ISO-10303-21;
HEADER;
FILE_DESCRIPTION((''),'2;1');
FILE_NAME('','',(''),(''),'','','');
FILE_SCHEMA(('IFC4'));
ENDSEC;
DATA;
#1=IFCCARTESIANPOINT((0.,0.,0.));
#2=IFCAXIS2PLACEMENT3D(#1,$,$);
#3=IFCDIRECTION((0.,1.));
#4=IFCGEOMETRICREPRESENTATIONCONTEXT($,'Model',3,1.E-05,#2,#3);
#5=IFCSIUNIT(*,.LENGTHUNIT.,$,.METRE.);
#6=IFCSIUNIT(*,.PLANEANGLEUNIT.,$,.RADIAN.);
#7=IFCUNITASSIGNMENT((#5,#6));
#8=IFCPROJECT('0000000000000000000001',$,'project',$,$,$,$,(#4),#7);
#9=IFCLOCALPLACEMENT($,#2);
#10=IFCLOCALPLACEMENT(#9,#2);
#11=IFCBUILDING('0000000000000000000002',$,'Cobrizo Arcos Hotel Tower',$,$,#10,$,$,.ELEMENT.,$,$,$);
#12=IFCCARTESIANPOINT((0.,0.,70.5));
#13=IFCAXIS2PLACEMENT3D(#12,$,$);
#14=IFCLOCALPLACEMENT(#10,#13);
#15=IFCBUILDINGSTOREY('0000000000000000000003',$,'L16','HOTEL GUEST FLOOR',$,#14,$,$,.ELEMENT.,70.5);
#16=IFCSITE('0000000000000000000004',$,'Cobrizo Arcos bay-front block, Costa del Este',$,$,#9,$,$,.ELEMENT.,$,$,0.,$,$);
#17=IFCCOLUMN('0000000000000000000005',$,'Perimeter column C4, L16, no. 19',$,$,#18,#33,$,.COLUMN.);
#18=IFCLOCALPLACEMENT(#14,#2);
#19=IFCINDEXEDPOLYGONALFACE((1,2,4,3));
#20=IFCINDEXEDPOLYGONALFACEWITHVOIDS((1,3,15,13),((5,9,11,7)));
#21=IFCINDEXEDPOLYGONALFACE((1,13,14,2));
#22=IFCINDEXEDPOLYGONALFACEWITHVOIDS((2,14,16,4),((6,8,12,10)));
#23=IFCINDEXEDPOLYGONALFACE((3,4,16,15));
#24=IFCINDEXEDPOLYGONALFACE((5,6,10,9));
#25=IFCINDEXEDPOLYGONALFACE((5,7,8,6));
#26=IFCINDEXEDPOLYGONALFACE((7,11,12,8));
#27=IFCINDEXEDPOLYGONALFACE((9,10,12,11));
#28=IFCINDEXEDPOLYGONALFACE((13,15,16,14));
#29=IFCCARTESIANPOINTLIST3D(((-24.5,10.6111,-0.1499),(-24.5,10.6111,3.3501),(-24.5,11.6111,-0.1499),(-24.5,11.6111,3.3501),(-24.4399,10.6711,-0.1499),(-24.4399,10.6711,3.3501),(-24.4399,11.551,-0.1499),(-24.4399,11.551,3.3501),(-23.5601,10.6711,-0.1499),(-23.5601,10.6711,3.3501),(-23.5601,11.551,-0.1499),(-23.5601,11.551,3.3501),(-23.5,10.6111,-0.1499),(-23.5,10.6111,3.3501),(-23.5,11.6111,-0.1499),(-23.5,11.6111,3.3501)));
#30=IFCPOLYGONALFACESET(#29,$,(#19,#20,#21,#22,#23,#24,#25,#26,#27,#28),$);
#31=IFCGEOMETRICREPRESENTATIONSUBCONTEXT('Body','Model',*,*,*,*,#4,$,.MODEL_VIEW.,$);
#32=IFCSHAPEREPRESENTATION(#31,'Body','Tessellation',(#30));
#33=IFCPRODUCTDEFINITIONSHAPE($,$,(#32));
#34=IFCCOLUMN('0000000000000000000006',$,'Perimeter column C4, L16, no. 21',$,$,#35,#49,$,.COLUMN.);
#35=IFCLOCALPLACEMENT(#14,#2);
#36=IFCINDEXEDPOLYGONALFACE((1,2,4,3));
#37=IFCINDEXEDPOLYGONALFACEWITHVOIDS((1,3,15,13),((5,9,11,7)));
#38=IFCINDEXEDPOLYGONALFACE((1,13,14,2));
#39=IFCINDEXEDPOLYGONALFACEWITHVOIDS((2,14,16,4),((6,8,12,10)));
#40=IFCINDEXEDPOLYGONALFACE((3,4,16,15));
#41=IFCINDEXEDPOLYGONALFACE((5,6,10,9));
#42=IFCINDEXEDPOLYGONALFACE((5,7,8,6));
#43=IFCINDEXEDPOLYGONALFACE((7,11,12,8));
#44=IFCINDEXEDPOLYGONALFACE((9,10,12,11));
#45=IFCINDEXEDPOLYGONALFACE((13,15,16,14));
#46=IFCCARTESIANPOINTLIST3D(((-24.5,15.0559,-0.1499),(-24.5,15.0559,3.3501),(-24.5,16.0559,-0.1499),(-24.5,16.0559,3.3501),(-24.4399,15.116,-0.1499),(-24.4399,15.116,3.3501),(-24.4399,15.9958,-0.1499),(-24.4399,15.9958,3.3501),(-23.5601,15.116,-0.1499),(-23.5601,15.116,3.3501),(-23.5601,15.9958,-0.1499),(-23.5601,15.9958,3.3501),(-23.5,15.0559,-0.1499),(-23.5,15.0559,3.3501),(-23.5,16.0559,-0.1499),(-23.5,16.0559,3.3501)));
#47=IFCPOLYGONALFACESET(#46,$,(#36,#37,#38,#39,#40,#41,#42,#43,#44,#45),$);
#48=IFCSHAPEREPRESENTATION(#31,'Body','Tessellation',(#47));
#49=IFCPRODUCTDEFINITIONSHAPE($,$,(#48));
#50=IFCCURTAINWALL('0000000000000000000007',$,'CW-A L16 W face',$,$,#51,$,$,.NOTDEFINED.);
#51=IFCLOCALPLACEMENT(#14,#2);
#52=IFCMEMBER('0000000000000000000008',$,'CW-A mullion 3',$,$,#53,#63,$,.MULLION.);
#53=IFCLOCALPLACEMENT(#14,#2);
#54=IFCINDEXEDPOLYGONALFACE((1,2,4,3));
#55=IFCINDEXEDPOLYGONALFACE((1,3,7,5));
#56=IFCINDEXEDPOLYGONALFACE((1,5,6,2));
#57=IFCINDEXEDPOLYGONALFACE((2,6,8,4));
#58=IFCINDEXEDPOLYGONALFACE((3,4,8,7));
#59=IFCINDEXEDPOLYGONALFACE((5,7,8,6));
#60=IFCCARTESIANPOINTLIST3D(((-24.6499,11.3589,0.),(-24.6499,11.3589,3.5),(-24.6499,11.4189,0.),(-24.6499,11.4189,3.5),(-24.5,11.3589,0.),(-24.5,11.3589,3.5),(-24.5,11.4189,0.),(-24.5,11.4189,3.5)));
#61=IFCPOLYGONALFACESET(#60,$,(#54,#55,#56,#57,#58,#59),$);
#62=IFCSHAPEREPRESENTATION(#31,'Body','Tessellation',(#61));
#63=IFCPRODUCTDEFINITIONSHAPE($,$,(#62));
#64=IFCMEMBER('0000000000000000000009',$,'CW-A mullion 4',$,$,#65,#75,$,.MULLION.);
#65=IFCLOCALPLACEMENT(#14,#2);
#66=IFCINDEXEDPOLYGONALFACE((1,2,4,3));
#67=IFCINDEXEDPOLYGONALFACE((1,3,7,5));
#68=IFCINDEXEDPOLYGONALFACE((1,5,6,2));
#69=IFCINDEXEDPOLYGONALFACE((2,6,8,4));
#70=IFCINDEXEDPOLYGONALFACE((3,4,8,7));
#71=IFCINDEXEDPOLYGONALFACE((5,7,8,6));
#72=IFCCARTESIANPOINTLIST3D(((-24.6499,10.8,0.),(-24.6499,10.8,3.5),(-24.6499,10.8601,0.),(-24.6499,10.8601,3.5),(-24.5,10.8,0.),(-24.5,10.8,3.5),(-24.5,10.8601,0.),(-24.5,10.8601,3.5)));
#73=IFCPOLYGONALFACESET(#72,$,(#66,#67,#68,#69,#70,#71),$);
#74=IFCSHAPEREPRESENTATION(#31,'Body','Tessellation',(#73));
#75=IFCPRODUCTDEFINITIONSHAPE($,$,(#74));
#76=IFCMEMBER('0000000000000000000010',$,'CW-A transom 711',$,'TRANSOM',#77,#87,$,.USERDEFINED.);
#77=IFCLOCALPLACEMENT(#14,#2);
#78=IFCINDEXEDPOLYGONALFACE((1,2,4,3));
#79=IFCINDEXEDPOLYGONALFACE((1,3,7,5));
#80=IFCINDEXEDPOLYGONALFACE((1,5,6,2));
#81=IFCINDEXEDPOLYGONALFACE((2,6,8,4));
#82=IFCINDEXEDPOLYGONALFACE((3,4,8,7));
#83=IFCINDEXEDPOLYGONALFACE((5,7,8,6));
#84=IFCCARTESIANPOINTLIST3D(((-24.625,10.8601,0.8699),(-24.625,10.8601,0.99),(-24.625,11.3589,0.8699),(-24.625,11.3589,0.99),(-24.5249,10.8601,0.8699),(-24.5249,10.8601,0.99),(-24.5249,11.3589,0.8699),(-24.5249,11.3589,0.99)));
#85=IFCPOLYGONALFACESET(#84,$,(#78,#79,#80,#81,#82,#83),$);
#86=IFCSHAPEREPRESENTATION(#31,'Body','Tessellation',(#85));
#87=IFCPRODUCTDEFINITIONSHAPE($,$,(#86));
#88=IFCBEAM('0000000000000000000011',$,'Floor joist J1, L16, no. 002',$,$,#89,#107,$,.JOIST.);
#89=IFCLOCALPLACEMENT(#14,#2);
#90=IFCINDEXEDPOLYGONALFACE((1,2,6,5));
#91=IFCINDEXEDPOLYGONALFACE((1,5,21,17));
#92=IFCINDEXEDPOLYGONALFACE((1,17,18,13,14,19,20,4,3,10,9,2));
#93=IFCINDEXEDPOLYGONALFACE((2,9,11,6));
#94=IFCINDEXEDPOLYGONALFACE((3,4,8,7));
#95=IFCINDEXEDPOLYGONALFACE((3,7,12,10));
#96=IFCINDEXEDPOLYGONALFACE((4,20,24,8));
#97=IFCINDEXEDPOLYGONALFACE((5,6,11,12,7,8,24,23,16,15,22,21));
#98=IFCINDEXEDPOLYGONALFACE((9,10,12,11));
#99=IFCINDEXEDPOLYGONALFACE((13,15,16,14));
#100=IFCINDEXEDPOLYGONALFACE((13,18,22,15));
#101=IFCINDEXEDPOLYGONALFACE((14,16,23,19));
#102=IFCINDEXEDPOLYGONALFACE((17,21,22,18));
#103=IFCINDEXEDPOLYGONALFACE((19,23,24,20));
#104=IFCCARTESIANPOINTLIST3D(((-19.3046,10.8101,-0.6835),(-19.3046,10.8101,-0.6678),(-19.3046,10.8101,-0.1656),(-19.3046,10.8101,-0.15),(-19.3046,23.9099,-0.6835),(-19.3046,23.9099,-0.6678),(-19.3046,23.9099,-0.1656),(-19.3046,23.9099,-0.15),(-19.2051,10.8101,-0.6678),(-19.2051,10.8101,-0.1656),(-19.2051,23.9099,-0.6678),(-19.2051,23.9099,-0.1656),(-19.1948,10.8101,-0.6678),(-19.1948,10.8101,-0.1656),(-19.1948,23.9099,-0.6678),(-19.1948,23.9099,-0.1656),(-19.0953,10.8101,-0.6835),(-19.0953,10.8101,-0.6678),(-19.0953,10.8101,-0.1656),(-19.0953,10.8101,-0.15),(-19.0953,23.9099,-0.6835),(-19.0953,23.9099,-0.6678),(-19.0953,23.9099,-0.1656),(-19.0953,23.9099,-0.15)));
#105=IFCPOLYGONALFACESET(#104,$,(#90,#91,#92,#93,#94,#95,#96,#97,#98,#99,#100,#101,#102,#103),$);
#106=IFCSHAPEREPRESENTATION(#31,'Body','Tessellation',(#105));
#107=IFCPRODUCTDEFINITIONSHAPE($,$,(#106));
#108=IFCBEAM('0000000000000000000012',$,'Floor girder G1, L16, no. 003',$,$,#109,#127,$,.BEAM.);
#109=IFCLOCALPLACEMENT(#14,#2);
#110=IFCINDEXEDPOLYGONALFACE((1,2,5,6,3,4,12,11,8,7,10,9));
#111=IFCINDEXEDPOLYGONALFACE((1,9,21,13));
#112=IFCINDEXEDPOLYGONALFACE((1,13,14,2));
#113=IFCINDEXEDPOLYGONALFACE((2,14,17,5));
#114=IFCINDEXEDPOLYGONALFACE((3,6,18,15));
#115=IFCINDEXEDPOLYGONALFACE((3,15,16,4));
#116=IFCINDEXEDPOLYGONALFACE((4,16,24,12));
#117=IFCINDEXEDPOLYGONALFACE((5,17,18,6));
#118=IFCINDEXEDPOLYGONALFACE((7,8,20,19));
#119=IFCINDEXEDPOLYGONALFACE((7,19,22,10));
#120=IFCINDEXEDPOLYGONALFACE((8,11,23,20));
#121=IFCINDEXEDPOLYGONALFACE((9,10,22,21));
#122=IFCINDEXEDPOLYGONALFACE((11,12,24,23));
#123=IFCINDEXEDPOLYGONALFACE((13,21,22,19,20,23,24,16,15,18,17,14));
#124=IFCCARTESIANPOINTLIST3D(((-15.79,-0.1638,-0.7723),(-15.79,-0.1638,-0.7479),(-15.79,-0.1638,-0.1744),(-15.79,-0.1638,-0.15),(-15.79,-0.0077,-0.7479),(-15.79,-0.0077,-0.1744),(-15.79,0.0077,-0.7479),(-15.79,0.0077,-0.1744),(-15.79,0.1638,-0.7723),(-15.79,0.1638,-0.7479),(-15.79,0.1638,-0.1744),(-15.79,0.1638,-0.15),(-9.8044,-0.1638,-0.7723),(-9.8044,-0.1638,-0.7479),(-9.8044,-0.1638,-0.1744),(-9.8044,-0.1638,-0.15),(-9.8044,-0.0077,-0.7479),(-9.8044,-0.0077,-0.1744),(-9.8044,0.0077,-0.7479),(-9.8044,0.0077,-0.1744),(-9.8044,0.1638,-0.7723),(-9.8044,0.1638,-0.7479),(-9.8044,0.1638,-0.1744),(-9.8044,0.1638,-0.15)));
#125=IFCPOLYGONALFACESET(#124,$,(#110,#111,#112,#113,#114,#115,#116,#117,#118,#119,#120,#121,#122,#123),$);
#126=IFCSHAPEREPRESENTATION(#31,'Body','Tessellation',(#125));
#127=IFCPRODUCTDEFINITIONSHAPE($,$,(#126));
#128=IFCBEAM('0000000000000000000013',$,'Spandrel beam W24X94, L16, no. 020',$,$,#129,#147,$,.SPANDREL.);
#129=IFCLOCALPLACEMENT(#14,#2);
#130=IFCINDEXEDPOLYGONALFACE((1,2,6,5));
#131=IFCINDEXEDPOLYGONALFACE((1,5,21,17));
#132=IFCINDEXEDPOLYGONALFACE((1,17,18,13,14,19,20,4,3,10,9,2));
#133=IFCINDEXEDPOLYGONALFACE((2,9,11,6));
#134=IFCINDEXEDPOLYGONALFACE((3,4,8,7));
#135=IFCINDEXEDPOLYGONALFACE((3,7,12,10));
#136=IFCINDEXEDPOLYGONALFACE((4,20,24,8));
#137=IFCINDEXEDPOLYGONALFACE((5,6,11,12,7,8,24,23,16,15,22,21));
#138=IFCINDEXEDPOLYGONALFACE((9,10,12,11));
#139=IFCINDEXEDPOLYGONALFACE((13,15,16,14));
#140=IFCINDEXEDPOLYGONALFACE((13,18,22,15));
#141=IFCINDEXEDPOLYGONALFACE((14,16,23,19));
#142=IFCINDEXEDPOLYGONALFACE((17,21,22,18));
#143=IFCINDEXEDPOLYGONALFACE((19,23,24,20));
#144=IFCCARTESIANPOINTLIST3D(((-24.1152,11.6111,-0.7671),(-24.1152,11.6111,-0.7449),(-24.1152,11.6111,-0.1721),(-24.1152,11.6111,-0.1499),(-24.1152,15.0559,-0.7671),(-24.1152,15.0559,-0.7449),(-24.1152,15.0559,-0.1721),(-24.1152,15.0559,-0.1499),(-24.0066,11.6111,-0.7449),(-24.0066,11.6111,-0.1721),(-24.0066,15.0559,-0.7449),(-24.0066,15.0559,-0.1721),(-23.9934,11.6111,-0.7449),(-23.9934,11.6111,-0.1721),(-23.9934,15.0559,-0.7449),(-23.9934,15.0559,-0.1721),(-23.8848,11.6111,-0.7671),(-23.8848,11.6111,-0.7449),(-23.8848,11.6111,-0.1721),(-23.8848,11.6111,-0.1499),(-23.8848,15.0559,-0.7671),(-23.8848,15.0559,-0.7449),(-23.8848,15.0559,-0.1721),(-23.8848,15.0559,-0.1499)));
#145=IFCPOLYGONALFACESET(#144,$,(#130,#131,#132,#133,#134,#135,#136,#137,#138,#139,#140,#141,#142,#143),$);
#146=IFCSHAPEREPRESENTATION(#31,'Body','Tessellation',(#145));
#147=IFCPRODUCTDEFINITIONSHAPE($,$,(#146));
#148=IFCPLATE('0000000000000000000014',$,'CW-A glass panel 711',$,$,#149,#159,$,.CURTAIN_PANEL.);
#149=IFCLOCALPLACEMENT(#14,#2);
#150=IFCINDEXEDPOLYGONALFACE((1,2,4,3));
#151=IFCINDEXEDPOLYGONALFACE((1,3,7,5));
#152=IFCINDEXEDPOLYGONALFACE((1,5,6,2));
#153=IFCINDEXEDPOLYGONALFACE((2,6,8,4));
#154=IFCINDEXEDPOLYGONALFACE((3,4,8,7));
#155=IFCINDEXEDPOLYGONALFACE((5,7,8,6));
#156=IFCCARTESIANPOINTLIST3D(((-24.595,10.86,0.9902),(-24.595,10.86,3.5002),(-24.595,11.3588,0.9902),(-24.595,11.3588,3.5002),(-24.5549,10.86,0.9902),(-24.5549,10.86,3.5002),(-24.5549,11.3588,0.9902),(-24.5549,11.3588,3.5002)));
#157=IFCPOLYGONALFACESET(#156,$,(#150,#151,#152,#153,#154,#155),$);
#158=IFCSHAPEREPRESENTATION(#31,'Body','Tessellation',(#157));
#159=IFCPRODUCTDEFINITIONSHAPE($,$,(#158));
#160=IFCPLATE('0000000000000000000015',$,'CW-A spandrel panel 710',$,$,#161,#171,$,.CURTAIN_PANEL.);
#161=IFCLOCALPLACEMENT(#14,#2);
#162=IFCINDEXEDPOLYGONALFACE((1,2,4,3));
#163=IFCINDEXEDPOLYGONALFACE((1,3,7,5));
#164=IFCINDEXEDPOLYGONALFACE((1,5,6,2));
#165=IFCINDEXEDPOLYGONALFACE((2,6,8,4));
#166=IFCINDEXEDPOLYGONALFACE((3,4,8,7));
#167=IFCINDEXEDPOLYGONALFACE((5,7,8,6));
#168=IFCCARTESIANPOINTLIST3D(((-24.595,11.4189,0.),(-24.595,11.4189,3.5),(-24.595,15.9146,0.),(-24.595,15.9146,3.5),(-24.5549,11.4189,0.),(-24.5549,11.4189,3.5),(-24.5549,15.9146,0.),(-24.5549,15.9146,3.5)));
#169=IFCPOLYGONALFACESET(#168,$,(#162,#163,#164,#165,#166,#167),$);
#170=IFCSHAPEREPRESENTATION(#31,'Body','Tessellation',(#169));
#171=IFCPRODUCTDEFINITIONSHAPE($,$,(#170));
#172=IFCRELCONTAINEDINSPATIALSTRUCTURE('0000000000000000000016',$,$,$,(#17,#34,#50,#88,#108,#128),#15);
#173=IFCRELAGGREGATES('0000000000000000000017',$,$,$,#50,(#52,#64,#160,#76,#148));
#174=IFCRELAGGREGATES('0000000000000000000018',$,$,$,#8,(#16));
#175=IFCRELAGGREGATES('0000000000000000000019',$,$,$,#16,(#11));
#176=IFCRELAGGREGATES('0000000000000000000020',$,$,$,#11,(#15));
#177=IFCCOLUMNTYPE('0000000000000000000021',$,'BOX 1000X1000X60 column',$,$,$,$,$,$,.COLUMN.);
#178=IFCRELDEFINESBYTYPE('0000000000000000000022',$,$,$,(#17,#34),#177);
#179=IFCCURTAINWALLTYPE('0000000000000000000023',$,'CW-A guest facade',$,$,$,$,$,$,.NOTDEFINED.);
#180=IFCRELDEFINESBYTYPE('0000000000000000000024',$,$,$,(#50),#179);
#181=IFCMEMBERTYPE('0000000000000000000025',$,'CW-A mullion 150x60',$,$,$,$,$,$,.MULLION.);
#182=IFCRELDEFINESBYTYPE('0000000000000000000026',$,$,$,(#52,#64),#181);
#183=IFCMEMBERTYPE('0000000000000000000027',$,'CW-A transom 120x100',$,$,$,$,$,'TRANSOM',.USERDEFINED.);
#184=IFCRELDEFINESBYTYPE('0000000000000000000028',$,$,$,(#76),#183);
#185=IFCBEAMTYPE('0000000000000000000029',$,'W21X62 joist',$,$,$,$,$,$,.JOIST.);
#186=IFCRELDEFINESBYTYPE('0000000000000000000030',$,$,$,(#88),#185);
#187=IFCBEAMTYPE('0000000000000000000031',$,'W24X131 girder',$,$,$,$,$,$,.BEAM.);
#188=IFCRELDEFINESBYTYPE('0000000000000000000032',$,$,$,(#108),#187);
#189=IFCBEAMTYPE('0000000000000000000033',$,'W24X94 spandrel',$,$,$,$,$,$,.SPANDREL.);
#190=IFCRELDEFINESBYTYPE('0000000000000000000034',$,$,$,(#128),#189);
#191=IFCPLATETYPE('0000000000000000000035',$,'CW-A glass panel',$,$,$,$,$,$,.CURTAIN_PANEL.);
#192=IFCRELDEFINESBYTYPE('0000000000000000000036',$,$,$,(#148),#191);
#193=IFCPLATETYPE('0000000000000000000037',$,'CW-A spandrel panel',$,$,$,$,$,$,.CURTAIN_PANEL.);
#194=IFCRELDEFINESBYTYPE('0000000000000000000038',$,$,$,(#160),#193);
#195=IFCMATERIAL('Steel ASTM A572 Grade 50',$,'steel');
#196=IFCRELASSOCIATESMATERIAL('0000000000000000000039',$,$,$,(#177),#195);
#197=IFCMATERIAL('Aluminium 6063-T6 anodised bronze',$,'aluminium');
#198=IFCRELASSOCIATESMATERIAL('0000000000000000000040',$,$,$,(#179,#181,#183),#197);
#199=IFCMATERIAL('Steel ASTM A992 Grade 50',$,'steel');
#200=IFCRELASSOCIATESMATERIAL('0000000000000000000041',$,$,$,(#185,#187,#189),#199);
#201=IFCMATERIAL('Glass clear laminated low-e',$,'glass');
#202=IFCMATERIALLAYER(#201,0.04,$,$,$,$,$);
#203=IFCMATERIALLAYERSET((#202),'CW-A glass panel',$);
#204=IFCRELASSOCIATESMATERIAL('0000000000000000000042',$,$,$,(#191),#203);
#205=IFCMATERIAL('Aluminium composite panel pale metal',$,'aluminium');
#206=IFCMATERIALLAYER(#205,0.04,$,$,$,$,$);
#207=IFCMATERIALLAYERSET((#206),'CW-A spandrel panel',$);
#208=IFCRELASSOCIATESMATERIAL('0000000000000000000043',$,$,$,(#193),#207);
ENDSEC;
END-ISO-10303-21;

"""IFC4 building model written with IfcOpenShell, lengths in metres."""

from ifc_helpers import new_model, si_unit, direction, frame, origin, origin_2d, place, context, subcontext, project, spatial, rectangle, hollow_rectangle, i_section, extrude, material, layer, layer_set, material_profile, profile_set, type_object, element, aggregate, save


model = new_model("IFC4")

# Units and contexts
model_context = context("Model", 3, precision=1e-05, world=origin(), true_north=direction((0.0, 1.0)))
body_context = subcontext(model_context, "Body", "Model", "MODEL_VIEW")
ifc_project = project(units=[si_unit("LENGTHUNIT", "METRE"), si_unit("PLANEANGLEUNIT", "RADIAN")], contexts=[model_context])

# Site, building, storey
site_placement = place(None, origin())
site = spatial("IfcSite", under=ifc_project, at=site_placement, Name="Cobrizo Arcos bay-front block, Costa del Este", CompositionType="ELEMENT", RefElevation=0.0)
building_placement = place(site_placement, origin())
building = spatial("IfcBuilding", under=site, at=building_placement, Name="Cobrizo Arcos Hotel Tower", CompositionType="ELEMENT")
storey_placement = place(building_placement, frame((0.0, 0.0, 70.5)))
storey = spatial("IfcBuildingStorey", under=building, at=storey_placement, Name="L16", Description="HOTEL GUEST FLOOR", CompositionType="ELEMENT", Elevation=70.5)

# Columns
ifc_material_1 = material(Name="Steel ASTM A572 Grade 50", Category="steel")
ifc_material_profile_1 = material_profile(ifc_material_1, hollow_rectangle(XDim=1.0, YDim=1.0, WallThickness=0.0601, at=origin_2d()), Name="BOX 1000X1000X60")
ifc_profile_set_1 = profile_set([ifc_material_profile_1], Name="Steel ASTM A572 Grade 50")
column_type = type_object("IfcColumnType", Name="BOX 1000X1000X60 column", PredefinedType="COLUMN", material=ifc_profile_set_1)
for number, where, z_axis, x_axis, name in (
    (1, (-24.0, 11.1111, -0.1499), (0.0, 0.0, 1.0), (1.0, 0.0, 0.0), "Perimeter column C4, L16, no. 19"),
    (2, (-24.0, 15.5559, -0.1499), (0.0, 0.0, 1.0), (1.0, 0.0, 0.0), "Perimeter column C4, L16, no. 21"),
):
    element("IfcColumn", number, at=place(storey_placement, frame(where, z_axis=z_axis, x_axis=x_axis)), inside=storey, type_object=column_type, Name=name, PredefinedType="COLUMN", context=body_context, shape_type="SweptSolid", body=[
        extrude(hollow_rectangle(XDim=1.0, YDim=1.0, WallThickness=0.0601, at=origin_2d()), origin(), (0.0, 0.0, 1.0), 3.5),
    ])

# Curtain wall, members
ifc_material_2 = material(Name="Aluminium 6063-T6 anodised bronze", Category="aluminium")
curtain_wall_type = type_object("IfcCurtainWallType", Name="CW-A guest facade", PredefinedType="NOTDEFINED", material=ifc_material_2)
curtain_wall_placement = place(storey_placement, origin())
curtain_wall = element("IfcCurtainWall", 3, at=curtain_wall_placement, inside=storey, type_object=curtain_wall_type, Name="CW-A L16 W face", PredefinedType="NOTDEFINED")
ifc_material_profile_2 = material_profile(ifc_material_2, rectangle(XDim=0.1499, YDim=0.0601, at=origin_2d()), Name="CW-A mullion 150x60")
ifc_profile_set_2 = profile_set([ifc_material_profile_2], Name="Aluminium 6063-T6 anodised bronze")
member_type_1 = type_object("IfcMemberType", Name="CW-A mullion 150x60", PredefinedType="MULLION", material=ifc_profile_set_2)
member_1_placement = place(storey_placement, frame((-24.575, 11.3889, 0.0), z_axis=(0.0, 0.0, 1.0), x_axis=(-1.0, 0.0, 0.0)))
member_1 = element("IfcMember", 4, at=member_1_placement, type_object=member_type_1, Name="CW-A mullion 3", PredefinedType="MULLION", context=body_context, shape_type="SweptSolid", body=[
    extrude(rectangle(XDim=0.1499, YDim=0.0601, at=origin_2d()), origin(), (0.0, 0.0, 1.0), 3.5),
])
member_2_placement = place(storey_placement, frame((-24.575, 10.8301, 0.0), z_axis=(0.0, 0.0, 1.0), x_axis=(-1.0, 0.0, 0.0)))
member_2 = element("IfcMember", 5, at=member_2_placement, type_object=member_type_1, Name="CW-A mullion 4", PredefinedType="MULLION", context=body_context, shape_type="SweptSolid", body=[
    extrude(rectangle(XDim=0.1499, YDim=0.0601, at=origin_2d()), origin(), (0.0, 0.0, 1.0), 3.5),
])
ifc_material_profile_3 = material_profile(ifc_material_2, rectangle(XDim=0.1001, YDim=0.1201, at=origin_2d()), Name="CW-A transom 120x100")
ifc_profile_set_3 = profile_set([ifc_material_profile_3], Name="Aluminium 6063-T6 anodised bronze")
member_type_2 = type_object("IfcMemberType", Name="CW-A transom 120x100", ElementType="TRANSOM", PredefinedType="USERDEFINED", material=ifc_profile_set_3)
member_3_placement = place(storey_placement, frame((-24.575, 11.3589, 0.9299), z_axis=(0.0, -1.0, 0.0), x_axis=(1.0, 0.0, 0.0)))
member_3 = element("IfcMember", 6, at=member_3_placement, type_object=member_type_2, Name="CW-A transom 711", ObjectType="TRANSOM", PredefinedType="USERDEFINED", context=body_context, shape_type="SweptSolid", body=[
    extrude(rectangle(XDim=0.1001, YDim=0.1201, at=origin_2d()), origin(), (0.0, 0.0, 1.0), 0.4988),
])

# Beams
ifc_material_3 = material(Name="Steel ASTM A992 Grade 50", Category="steel")
ifc_material_profile_4 = material_profile(ifc_material_3, i_section(OverallWidth=0.2092, OverallDepth=0.5334, WebThickness=0.0103, FlangeThickness=0.0156, at=origin_2d()), Name="W21X62")
ifc_profile_set_4 = profile_set([ifc_material_profile_4], Name="Steel ASTM A992 Grade 50")
beam_type_1 = type_object("IfcBeamType", Name="W21X62 joist", PredefinedType="JOIST", material=ifc_profile_set_4)
beam_1_placement = place(storey_placement, frame((-19.2, 10.8101, -0.4167), z_axis=(0.0, 1.0, 0.0), x_axis=(-1.0, 0.0, 0.0)))
element("IfcBeam", 7, at=beam_1_placement, inside=storey, type_object=beam_type_1, Name="Floor joist J1, L16, no. 002", PredefinedType="JOIST", context=body_context, shape_type="SweptSolid", body=[
    extrude(i_section(OverallWidth=0.2092, OverallDepth=0.5334, WebThickness=0.0103, FlangeThickness=0.0156, at=origin_2d()), origin(), (0.0, 0.0, 1.0), 13.0999),
])
ifc_material_profile_5 = material_profile(ifc_material_3, i_section(OverallWidth=0.3276, OverallDepth=0.6223, WebThickness=0.0154, FlangeThickness=0.0244, at=origin_2d()), Name="W24X131")
ifc_profile_set_5 = profile_set([ifc_material_profile_5], Name="Steel ASTM A992 Grade 50")
beam_type_2 = type_object("IfcBeamType", Name="W24X131 girder", PredefinedType="BEAM", material=ifc_profile_set_5)
beam_2_placement = place(storey_placement, frame((-15.79, 0.0, -0.4612), z_axis=(1.0, 0.0, 0.0), x_axis=(0.0, 1.0, 0.0)))
element("IfcBeam", 8, at=beam_2_placement, inside=storey, type_object=beam_type_2, Name="Floor girder G1, L16, no. 003", PredefinedType="BEAM", context=body_context, shape_type="SweptSolid", body=[
    extrude(i_section(OverallWidth=0.3276, OverallDepth=0.6223, WebThickness=0.0154, FlangeThickness=0.0244, at=origin_2d()), origin(), (0.0, 0.0, 1.0), 5.9856),
])
ifc_material_profile_6 = material_profile(ifc_material_3, i_section(OverallWidth=0.2305, OverallDepth=0.6172, WebThickness=0.0132, FlangeThickness=0.0222, at=origin_2d()), Name="W24X94")
ifc_profile_set_6 = profile_set([ifc_material_profile_6], Name="Steel ASTM A992 Grade 50")
beam_type_3 = type_object("IfcBeamType", Name="W24X94 spandrel", PredefinedType="SPANDREL", material=ifc_profile_set_6)
beam_3_placement = place(storey_placement, frame((-24.0, 11.6111, -0.4585), z_axis=(0.0, 1.0, 0.0), x_axis=(-1.0, 0.0, 0.0)))
element("IfcBeam", 9, at=beam_3_placement, inside=storey, type_object=beam_type_3, Name="Spandrel beam W24X94, L16, no. 020", PredefinedType="SPANDREL", context=body_context, shape_type="SweptSolid", body=[
    extrude(i_section(OverallWidth=0.2305, OverallDepth=0.6172, WebThickness=0.0132, FlangeThickness=0.0222, at=origin_2d()), origin(), (0.0, 0.0, 1.0), 3.4448),
])

# Plates
ifc_material_4 = material(Name="Glass clear laminated low-e", Category="glass")
ifc_layer_1 = layer(ifc_material_4, 0.04)
ifc_layer_set_1 = layer_set([ifc_layer_1], Name="CW-A glass panel")
plate_type_1 = type_object("IfcPlateType", Name="CW-A glass panel", PredefinedType="CURTAIN_PANEL", material=ifc_layer_set_1)
plate_1_placement = place(storey_placement, frame((-24.575, 11.1094, 0.9902), z_axis=(0.0, 0.0, 1.0), x_axis=(0.0, -1.0, 0.0)))
plate_1 = element("IfcPlate", 10, at=plate_1_placement, type_object=plate_type_1, Name="CW-A glass panel 711", PredefinedType="CURTAIN_PANEL", context=body_context, shape_type="SweptSolid", body=[
    extrude(rectangle(XDim=0.4988, YDim=0.04, at=origin_2d()), origin(), (0.0, 0.0, 1.0), 2.51),
])
ifc_material_5 = material(Name="Aluminium composite panel pale metal", Category="aluminium")
ifc_layer_2 = layer(ifc_material_5, 0.04)
ifc_layer_set_2 = layer_set([ifc_layer_2], Name="CW-A spandrel panel")
plate_type_2 = type_object("IfcPlateType", Name="CW-A spandrel panel", PredefinedType="CURTAIN_PANEL", material=ifc_layer_set_2)
plate_2_placement = place(storey_placement, frame((-24.575, 13.6667, 0.0), z_axis=(0.0, 0.0, 1.0), x_axis=(0.0, -1.0, 0.0)))
plate_2 = element("IfcPlate", 11, at=plate_2_placement, type_object=plate_type_2, Name="CW-A spandrel panel 710", PredefinedType="CURTAIN_PANEL", context=body_context, shape_type="SweptSolid", body=[
    extrude(rectangle(XDim=4.4956, YDim=0.04, at=origin_2d()), origin(), (0.0, 0.0, 1.0), 3.5),
])
aggregate(curtain_wall, [member_1, member_2, plate_2, member_3, plate_1])

save(model, "model.ifc")
